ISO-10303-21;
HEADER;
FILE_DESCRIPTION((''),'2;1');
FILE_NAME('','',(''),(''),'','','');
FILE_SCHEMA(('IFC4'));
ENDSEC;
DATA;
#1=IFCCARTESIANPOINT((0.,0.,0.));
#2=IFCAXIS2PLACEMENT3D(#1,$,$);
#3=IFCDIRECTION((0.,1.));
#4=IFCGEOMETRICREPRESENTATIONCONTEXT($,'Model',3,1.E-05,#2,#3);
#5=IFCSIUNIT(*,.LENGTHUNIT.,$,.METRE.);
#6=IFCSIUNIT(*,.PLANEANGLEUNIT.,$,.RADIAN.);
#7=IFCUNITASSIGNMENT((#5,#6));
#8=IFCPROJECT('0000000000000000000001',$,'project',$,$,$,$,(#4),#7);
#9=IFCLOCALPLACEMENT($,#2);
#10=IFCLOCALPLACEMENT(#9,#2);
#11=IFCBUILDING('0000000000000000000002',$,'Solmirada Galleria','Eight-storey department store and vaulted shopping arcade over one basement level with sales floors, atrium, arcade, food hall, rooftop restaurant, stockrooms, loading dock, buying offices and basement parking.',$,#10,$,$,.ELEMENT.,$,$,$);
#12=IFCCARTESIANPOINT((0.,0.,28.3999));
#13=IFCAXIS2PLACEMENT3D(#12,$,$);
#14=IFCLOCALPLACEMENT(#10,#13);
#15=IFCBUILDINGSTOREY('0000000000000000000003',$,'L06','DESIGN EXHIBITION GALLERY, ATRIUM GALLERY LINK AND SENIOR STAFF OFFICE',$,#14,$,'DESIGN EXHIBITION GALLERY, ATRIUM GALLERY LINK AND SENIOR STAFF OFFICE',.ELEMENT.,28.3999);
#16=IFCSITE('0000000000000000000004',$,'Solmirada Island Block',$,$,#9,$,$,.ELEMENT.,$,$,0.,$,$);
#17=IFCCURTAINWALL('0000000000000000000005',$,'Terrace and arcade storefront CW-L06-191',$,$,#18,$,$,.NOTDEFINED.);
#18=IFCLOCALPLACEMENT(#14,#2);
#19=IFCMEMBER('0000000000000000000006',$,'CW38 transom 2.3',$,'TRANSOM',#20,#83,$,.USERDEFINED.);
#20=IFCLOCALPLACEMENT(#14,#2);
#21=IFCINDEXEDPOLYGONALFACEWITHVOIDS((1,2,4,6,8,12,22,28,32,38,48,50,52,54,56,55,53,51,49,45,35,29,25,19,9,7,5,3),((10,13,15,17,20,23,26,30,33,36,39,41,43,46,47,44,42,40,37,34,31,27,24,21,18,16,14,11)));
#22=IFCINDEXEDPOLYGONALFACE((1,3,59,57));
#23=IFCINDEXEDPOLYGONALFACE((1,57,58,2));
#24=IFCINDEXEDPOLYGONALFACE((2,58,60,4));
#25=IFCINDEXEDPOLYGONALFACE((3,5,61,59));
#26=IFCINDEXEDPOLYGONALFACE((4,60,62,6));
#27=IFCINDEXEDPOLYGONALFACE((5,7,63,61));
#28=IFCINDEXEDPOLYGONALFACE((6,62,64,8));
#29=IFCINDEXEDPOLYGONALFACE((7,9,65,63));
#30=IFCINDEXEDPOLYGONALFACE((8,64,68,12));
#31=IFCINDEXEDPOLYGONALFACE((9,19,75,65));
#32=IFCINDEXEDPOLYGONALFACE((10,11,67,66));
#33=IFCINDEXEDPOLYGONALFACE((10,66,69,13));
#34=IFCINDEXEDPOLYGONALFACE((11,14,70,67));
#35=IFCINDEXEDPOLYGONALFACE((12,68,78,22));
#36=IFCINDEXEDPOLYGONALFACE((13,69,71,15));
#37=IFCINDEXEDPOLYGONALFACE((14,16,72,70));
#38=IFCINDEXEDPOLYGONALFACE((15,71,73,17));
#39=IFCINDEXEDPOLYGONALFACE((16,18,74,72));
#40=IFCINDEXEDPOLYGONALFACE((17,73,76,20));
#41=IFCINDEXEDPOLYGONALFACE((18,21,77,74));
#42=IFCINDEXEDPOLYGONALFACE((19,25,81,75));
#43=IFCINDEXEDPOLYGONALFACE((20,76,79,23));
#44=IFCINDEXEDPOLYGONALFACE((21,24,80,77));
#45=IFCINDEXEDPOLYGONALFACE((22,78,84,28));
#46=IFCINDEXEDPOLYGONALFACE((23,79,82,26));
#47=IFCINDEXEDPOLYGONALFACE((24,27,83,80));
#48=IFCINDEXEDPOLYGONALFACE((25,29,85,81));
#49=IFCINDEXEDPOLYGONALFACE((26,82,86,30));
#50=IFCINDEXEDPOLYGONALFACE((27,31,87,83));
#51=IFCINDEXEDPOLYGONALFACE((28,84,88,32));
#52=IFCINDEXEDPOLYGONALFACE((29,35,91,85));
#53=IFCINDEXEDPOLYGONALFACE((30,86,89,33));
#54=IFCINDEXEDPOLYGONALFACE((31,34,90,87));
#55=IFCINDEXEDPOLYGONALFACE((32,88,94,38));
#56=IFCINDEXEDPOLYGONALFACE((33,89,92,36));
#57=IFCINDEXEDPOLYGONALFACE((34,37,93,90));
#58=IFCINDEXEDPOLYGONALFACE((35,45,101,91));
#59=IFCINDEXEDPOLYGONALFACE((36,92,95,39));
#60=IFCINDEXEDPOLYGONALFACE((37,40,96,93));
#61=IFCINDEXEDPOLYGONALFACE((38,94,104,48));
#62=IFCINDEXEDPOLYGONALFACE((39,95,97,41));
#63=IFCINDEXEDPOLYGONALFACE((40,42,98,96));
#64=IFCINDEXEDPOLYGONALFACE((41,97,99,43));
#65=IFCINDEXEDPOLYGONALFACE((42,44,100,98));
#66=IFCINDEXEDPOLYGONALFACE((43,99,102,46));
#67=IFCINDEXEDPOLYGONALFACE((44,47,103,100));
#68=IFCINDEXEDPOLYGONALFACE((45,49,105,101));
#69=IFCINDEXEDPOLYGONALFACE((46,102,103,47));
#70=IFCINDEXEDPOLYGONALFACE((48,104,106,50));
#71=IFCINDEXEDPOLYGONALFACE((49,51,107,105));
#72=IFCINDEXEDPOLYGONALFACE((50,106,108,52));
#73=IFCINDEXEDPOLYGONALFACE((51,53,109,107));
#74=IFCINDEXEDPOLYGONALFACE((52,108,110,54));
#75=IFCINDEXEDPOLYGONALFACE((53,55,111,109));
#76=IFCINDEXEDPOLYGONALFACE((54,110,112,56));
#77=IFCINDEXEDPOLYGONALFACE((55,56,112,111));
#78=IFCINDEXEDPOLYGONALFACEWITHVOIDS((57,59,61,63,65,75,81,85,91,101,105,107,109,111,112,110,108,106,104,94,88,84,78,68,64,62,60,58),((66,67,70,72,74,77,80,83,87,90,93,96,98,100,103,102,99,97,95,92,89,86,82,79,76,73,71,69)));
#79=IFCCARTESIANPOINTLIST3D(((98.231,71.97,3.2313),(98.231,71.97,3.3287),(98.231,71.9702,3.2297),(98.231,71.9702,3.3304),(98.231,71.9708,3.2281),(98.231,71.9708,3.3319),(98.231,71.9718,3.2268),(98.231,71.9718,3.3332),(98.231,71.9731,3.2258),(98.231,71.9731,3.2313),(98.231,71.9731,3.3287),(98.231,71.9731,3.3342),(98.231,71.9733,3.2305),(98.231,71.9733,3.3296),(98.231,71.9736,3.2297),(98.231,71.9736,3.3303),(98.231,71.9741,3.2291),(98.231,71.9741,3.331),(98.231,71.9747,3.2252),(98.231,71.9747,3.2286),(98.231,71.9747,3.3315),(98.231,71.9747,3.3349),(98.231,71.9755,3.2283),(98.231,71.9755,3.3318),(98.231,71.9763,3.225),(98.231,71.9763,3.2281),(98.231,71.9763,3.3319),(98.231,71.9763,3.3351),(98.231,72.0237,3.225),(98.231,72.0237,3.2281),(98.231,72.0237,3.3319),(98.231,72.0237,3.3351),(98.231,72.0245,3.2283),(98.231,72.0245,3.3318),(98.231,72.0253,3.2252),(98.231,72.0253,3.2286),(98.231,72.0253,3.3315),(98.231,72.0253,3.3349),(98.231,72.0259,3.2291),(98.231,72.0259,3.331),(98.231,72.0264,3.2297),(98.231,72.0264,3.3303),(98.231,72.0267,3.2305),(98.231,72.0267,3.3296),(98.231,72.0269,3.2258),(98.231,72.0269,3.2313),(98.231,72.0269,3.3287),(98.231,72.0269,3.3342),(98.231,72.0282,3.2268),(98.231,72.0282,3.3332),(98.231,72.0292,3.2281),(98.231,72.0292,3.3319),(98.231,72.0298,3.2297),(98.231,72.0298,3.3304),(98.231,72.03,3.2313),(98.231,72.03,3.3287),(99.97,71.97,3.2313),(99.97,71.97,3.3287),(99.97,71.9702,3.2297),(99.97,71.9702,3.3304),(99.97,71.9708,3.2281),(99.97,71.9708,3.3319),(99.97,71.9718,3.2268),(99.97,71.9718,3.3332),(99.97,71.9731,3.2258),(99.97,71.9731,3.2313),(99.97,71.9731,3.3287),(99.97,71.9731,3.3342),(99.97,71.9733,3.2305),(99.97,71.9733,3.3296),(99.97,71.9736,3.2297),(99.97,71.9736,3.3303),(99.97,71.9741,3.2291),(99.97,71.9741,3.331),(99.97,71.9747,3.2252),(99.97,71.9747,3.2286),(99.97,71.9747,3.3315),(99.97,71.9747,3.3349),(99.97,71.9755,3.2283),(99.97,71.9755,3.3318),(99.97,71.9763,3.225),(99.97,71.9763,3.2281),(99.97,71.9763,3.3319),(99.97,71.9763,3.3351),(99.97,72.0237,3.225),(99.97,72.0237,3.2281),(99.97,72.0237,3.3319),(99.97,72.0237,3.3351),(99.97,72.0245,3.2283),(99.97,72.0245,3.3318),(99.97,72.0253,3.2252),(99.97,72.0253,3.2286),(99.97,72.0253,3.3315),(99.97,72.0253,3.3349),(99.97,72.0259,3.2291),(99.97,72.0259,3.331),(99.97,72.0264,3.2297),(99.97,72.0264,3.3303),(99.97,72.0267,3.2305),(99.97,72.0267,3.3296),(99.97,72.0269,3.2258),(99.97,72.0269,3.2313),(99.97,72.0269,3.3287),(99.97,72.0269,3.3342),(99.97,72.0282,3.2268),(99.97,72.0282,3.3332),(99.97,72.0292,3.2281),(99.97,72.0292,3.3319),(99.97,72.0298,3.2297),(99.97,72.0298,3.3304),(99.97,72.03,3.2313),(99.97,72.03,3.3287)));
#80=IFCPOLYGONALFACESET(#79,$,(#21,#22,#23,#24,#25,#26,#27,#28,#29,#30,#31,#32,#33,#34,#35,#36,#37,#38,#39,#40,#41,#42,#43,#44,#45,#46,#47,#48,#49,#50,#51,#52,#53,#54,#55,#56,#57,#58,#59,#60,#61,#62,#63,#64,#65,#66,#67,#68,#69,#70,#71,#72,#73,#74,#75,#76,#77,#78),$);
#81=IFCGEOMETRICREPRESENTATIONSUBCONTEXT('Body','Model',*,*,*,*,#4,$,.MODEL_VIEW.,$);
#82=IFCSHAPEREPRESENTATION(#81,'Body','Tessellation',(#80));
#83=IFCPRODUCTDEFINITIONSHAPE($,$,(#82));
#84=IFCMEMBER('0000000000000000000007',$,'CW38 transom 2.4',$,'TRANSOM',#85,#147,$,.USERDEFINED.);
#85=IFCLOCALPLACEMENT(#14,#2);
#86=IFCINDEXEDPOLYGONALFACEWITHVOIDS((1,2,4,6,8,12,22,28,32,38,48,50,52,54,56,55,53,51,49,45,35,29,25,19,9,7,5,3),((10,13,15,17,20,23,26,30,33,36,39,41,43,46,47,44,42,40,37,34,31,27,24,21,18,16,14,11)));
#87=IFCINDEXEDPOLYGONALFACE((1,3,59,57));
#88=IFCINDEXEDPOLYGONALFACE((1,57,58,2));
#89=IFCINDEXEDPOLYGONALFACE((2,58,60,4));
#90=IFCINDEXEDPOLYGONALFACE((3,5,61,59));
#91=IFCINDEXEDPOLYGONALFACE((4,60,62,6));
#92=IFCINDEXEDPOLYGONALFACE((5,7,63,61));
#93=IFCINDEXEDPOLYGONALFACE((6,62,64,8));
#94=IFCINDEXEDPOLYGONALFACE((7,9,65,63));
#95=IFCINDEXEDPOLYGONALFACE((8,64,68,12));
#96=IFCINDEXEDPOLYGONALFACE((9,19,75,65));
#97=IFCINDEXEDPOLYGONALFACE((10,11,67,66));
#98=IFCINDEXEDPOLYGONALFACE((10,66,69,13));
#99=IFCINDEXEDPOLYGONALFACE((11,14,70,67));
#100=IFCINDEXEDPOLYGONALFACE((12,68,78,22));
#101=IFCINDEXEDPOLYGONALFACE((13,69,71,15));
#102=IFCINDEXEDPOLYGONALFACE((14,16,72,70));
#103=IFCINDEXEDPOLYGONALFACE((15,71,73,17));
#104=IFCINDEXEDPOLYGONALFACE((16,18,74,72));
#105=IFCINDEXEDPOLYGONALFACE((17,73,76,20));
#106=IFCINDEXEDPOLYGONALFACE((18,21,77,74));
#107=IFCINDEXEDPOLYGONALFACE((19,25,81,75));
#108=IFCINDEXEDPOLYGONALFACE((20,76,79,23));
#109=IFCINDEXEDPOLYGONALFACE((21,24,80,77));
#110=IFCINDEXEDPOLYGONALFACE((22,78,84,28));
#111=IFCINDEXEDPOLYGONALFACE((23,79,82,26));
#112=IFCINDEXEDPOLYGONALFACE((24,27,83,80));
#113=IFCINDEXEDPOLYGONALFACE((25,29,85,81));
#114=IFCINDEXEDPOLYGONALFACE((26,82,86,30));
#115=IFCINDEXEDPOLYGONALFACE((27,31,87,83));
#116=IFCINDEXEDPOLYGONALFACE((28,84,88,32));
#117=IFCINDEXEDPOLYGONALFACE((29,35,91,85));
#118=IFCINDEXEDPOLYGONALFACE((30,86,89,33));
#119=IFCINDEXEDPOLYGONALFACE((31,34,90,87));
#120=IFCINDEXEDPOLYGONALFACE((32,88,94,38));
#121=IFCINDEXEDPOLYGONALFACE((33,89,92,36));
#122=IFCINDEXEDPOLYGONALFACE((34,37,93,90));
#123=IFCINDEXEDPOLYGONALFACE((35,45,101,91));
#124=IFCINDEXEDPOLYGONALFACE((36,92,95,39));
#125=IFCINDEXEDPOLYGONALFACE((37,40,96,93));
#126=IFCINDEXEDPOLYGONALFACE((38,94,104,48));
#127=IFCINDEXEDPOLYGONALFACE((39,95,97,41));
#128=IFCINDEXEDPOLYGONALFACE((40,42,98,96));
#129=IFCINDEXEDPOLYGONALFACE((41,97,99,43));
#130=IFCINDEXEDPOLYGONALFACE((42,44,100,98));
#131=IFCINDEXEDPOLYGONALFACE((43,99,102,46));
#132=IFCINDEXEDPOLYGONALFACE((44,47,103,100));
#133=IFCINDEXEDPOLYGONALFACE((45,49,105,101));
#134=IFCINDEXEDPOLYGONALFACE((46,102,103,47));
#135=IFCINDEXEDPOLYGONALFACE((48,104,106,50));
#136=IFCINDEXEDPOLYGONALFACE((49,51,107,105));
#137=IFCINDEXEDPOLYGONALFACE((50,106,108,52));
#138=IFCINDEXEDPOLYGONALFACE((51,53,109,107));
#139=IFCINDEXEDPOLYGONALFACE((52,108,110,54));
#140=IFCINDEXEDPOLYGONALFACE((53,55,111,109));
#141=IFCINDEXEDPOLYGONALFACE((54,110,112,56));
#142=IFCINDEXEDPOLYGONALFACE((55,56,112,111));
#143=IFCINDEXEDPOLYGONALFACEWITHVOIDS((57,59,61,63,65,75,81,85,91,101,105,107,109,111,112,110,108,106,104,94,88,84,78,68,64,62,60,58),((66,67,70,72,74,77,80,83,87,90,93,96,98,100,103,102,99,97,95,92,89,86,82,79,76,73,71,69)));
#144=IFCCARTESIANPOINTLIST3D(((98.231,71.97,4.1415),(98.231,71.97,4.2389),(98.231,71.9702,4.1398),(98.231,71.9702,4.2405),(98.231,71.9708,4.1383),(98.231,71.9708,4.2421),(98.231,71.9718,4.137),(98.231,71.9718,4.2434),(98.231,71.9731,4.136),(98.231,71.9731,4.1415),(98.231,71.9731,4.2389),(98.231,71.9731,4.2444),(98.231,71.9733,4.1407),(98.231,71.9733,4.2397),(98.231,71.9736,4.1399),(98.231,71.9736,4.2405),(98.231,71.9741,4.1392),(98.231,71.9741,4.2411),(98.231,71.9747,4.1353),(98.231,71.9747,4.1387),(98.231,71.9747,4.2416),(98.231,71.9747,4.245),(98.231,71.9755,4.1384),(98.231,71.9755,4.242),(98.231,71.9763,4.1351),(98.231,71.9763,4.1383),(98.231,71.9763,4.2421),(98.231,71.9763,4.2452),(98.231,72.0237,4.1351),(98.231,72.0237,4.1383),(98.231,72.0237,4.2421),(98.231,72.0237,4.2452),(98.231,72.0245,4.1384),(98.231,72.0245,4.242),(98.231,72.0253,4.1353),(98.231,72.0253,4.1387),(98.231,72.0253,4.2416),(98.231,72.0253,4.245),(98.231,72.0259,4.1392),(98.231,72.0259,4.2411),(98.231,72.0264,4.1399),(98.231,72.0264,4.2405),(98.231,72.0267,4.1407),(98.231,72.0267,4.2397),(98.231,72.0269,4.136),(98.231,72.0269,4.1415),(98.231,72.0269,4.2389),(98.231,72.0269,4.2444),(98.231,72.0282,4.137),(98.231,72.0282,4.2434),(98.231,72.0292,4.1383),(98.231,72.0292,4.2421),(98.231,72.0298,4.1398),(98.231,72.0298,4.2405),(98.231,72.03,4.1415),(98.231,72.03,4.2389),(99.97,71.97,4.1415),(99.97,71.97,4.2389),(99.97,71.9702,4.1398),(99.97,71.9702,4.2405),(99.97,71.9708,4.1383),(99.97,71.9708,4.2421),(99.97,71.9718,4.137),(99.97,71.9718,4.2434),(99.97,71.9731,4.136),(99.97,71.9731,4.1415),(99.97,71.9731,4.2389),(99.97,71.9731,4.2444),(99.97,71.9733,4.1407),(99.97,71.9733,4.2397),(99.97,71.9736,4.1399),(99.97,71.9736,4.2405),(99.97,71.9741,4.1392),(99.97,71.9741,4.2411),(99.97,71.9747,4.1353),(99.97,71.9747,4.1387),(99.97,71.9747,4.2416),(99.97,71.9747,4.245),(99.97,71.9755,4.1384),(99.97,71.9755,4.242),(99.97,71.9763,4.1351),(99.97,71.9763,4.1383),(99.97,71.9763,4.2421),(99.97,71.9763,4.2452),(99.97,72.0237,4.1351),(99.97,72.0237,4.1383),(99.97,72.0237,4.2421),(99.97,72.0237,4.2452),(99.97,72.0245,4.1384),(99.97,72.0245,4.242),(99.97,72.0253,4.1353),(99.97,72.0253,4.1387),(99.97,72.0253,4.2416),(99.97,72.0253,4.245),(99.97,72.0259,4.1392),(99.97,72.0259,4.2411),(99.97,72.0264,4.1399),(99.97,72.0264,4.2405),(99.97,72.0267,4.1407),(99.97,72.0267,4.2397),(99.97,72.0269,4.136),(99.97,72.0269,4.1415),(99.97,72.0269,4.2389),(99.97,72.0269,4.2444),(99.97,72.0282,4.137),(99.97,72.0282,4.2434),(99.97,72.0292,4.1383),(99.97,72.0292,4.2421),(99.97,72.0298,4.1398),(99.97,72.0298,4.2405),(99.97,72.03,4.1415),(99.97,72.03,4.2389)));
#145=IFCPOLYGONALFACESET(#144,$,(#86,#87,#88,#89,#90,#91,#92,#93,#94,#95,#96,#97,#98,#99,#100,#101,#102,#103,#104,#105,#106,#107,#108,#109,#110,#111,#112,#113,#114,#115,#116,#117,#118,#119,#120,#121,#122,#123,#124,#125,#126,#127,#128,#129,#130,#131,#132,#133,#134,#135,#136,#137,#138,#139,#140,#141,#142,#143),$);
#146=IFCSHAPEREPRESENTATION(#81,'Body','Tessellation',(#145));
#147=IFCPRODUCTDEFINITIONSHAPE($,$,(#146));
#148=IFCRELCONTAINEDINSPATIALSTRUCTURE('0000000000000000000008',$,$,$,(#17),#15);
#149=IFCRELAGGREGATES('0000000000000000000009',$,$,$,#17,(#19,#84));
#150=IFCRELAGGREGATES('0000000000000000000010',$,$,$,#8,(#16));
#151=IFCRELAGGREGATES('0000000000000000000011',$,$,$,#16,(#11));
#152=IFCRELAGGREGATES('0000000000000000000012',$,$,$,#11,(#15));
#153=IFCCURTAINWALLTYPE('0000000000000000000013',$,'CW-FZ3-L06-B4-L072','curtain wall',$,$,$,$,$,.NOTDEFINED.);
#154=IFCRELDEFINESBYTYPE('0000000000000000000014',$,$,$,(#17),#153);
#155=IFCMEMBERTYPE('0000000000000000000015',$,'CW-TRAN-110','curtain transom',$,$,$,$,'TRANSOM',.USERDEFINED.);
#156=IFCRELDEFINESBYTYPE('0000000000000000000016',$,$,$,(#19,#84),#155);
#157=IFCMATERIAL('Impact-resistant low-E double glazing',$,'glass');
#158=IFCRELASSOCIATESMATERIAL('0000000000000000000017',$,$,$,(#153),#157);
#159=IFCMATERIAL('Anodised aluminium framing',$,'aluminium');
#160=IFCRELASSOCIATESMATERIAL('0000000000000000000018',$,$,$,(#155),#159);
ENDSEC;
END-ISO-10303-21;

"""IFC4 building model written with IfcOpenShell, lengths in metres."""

from ifc_helpers import new_model, si_unit, direction, frame, origin, origin_2d, place, context, subcontext, project, spatial, hollow_rectangle, extrude, material, material_profile, profile_set, type_object, element, aggregate, save


model = new_model("IFC4")

# Units and contexts
model_context = context("Model", 3, precision=1e-05, world=origin(), true_north=direction((0.0, 1.0)))
body_context = subcontext(model_context, "Body", "Model", "MODEL_VIEW")
ifc_project = project(units=[si_unit("LENGTHUNIT", "METRE"), si_unit("PLANEANGLEUNIT", "RADIAN")], contexts=[model_context])

# Site, building, storey
site_placement = place(None, origin())
site = spatial("IfcSite", under=ifc_project, at=site_placement, Name="Solmirada Island Block", CompositionType="ELEMENT", RefElevation=0.0)
building_placement = place(site_placement, origin())
building = spatial("IfcBuilding", under=site, at=building_placement, Name="Solmirada Galleria", Description="Eight-storey department store and vaulted shopping arcade over one basement level with sales floors, atrium, arcade, food hall, rooftop restaurant, stockrooms, loading dock, buying offices and basement parking.", CompositionType="ELEMENT")
storey_placement = place(building_placement, frame((0.0, 0.0, 28.3999)))
storey = spatial("IfcBuildingStorey", under=building, at=storey_placement, Name="L06", Description="DESIGN EXHIBITION GALLERY, ATRIUM GALLERY LINK AND SENIOR STAFF OFFICE", LongName="DESIGN EXHIBITION GALLERY, ATRIUM GALLERY LINK AND SENIOR STAFF OFFICE", CompositionType="ELEMENT", Elevation=28.3999)

# Shared definitions
ifc_material_1 = material(Name="Impact-resistant low-E double glazing", Category="glass")
curtain_wall_type = type_object("IfcCurtainWallType", Name="CW-FZ3-L06-B4-L072", Description="curtain wall", PredefinedType="NOTDEFINED", material=ifc_material_1)
ifc_material_2 = material(Name="Anodised aluminium framing", Category="aluminium")

# Curtain wall
curtain_wall_1_placement = place(storey_placement, origin())
curtain_wall_1 = element("IfcCurtainWall", 1, at=curtain_wall_1_placement, inside=storey, type_object=curtain_wall_type, Name="Terrace and arcade storefront CW-L06-191", PredefinedType="NOTDEFINED")

# Members
ifc_material_profile_1 = material_profile(ifc_material_2, hollow_rectangle(XDim=0.0601, YDim=0.1101, WallThickness=0.0032, InnerFilletRadius=0.0032, OuterFilletRadius=0.0063, at=origin_2d()), Name="ALU-TRAN-110X60")
ifc_profile_set_1 = profile_set([ifc_material_profile_1], Name="Anodised aluminium framing")
member_type_1 = type_object("IfcMemberType", Name="CW-TRAN-110", Description="curtain transom", ElementType="TRANSOM", PredefinedType="USERDEFINED", material=ifc_profile_set_1)
member_1_placement = place(storey_placement, frame((98.231, 72.0, 3.28), z_axis=(1.0, 0.0, 0.0), x_axis=(0.0, 1.0, 0.0)))
member_1 = element("IfcMember", 2, at=member_1_placement, type_object=member_type_1, Name="CW38 transom 2.3", ObjectType="TRANSOM", PredefinedType="USERDEFINED", context=body_context, shape_type="SweptSolid", body=[
    extrude(hollow_rectangle(XDim=0.0601, YDim=0.1101, WallThickness=0.0032, InnerFilletRadius=0.0032, OuterFilletRadius=0.0063, at=origin_2d()), origin(), (0.0, 0.0, 1.0), 1.739),
])
member_2_placement = place(storey_placement, frame((98.231, 72.0, 4.1902), z_axis=(1.0, 0.0, 0.0), x_axis=(0.0, 1.0, 0.0)))
member_2 = element("IfcMember", 3, at=member_2_placement, type_object=member_type_1, Name="CW38 transom 2.4", ObjectType="TRANSOM", PredefinedType="USERDEFINED", context=body_context, shape_type="SweptSolid", body=[
    extrude(hollow_rectangle(XDim=0.0601, YDim=0.1101, WallThickness=0.0032, InnerFilletRadius=0.0032, OuterFilletRadius=0.0063, at=origin_2d()), origin(), (0.0, 0.0, 1.0), 1.739),
])

aggregate(curtain_wall_1, [member_1, member_2])

save(model, "model.ifc")
